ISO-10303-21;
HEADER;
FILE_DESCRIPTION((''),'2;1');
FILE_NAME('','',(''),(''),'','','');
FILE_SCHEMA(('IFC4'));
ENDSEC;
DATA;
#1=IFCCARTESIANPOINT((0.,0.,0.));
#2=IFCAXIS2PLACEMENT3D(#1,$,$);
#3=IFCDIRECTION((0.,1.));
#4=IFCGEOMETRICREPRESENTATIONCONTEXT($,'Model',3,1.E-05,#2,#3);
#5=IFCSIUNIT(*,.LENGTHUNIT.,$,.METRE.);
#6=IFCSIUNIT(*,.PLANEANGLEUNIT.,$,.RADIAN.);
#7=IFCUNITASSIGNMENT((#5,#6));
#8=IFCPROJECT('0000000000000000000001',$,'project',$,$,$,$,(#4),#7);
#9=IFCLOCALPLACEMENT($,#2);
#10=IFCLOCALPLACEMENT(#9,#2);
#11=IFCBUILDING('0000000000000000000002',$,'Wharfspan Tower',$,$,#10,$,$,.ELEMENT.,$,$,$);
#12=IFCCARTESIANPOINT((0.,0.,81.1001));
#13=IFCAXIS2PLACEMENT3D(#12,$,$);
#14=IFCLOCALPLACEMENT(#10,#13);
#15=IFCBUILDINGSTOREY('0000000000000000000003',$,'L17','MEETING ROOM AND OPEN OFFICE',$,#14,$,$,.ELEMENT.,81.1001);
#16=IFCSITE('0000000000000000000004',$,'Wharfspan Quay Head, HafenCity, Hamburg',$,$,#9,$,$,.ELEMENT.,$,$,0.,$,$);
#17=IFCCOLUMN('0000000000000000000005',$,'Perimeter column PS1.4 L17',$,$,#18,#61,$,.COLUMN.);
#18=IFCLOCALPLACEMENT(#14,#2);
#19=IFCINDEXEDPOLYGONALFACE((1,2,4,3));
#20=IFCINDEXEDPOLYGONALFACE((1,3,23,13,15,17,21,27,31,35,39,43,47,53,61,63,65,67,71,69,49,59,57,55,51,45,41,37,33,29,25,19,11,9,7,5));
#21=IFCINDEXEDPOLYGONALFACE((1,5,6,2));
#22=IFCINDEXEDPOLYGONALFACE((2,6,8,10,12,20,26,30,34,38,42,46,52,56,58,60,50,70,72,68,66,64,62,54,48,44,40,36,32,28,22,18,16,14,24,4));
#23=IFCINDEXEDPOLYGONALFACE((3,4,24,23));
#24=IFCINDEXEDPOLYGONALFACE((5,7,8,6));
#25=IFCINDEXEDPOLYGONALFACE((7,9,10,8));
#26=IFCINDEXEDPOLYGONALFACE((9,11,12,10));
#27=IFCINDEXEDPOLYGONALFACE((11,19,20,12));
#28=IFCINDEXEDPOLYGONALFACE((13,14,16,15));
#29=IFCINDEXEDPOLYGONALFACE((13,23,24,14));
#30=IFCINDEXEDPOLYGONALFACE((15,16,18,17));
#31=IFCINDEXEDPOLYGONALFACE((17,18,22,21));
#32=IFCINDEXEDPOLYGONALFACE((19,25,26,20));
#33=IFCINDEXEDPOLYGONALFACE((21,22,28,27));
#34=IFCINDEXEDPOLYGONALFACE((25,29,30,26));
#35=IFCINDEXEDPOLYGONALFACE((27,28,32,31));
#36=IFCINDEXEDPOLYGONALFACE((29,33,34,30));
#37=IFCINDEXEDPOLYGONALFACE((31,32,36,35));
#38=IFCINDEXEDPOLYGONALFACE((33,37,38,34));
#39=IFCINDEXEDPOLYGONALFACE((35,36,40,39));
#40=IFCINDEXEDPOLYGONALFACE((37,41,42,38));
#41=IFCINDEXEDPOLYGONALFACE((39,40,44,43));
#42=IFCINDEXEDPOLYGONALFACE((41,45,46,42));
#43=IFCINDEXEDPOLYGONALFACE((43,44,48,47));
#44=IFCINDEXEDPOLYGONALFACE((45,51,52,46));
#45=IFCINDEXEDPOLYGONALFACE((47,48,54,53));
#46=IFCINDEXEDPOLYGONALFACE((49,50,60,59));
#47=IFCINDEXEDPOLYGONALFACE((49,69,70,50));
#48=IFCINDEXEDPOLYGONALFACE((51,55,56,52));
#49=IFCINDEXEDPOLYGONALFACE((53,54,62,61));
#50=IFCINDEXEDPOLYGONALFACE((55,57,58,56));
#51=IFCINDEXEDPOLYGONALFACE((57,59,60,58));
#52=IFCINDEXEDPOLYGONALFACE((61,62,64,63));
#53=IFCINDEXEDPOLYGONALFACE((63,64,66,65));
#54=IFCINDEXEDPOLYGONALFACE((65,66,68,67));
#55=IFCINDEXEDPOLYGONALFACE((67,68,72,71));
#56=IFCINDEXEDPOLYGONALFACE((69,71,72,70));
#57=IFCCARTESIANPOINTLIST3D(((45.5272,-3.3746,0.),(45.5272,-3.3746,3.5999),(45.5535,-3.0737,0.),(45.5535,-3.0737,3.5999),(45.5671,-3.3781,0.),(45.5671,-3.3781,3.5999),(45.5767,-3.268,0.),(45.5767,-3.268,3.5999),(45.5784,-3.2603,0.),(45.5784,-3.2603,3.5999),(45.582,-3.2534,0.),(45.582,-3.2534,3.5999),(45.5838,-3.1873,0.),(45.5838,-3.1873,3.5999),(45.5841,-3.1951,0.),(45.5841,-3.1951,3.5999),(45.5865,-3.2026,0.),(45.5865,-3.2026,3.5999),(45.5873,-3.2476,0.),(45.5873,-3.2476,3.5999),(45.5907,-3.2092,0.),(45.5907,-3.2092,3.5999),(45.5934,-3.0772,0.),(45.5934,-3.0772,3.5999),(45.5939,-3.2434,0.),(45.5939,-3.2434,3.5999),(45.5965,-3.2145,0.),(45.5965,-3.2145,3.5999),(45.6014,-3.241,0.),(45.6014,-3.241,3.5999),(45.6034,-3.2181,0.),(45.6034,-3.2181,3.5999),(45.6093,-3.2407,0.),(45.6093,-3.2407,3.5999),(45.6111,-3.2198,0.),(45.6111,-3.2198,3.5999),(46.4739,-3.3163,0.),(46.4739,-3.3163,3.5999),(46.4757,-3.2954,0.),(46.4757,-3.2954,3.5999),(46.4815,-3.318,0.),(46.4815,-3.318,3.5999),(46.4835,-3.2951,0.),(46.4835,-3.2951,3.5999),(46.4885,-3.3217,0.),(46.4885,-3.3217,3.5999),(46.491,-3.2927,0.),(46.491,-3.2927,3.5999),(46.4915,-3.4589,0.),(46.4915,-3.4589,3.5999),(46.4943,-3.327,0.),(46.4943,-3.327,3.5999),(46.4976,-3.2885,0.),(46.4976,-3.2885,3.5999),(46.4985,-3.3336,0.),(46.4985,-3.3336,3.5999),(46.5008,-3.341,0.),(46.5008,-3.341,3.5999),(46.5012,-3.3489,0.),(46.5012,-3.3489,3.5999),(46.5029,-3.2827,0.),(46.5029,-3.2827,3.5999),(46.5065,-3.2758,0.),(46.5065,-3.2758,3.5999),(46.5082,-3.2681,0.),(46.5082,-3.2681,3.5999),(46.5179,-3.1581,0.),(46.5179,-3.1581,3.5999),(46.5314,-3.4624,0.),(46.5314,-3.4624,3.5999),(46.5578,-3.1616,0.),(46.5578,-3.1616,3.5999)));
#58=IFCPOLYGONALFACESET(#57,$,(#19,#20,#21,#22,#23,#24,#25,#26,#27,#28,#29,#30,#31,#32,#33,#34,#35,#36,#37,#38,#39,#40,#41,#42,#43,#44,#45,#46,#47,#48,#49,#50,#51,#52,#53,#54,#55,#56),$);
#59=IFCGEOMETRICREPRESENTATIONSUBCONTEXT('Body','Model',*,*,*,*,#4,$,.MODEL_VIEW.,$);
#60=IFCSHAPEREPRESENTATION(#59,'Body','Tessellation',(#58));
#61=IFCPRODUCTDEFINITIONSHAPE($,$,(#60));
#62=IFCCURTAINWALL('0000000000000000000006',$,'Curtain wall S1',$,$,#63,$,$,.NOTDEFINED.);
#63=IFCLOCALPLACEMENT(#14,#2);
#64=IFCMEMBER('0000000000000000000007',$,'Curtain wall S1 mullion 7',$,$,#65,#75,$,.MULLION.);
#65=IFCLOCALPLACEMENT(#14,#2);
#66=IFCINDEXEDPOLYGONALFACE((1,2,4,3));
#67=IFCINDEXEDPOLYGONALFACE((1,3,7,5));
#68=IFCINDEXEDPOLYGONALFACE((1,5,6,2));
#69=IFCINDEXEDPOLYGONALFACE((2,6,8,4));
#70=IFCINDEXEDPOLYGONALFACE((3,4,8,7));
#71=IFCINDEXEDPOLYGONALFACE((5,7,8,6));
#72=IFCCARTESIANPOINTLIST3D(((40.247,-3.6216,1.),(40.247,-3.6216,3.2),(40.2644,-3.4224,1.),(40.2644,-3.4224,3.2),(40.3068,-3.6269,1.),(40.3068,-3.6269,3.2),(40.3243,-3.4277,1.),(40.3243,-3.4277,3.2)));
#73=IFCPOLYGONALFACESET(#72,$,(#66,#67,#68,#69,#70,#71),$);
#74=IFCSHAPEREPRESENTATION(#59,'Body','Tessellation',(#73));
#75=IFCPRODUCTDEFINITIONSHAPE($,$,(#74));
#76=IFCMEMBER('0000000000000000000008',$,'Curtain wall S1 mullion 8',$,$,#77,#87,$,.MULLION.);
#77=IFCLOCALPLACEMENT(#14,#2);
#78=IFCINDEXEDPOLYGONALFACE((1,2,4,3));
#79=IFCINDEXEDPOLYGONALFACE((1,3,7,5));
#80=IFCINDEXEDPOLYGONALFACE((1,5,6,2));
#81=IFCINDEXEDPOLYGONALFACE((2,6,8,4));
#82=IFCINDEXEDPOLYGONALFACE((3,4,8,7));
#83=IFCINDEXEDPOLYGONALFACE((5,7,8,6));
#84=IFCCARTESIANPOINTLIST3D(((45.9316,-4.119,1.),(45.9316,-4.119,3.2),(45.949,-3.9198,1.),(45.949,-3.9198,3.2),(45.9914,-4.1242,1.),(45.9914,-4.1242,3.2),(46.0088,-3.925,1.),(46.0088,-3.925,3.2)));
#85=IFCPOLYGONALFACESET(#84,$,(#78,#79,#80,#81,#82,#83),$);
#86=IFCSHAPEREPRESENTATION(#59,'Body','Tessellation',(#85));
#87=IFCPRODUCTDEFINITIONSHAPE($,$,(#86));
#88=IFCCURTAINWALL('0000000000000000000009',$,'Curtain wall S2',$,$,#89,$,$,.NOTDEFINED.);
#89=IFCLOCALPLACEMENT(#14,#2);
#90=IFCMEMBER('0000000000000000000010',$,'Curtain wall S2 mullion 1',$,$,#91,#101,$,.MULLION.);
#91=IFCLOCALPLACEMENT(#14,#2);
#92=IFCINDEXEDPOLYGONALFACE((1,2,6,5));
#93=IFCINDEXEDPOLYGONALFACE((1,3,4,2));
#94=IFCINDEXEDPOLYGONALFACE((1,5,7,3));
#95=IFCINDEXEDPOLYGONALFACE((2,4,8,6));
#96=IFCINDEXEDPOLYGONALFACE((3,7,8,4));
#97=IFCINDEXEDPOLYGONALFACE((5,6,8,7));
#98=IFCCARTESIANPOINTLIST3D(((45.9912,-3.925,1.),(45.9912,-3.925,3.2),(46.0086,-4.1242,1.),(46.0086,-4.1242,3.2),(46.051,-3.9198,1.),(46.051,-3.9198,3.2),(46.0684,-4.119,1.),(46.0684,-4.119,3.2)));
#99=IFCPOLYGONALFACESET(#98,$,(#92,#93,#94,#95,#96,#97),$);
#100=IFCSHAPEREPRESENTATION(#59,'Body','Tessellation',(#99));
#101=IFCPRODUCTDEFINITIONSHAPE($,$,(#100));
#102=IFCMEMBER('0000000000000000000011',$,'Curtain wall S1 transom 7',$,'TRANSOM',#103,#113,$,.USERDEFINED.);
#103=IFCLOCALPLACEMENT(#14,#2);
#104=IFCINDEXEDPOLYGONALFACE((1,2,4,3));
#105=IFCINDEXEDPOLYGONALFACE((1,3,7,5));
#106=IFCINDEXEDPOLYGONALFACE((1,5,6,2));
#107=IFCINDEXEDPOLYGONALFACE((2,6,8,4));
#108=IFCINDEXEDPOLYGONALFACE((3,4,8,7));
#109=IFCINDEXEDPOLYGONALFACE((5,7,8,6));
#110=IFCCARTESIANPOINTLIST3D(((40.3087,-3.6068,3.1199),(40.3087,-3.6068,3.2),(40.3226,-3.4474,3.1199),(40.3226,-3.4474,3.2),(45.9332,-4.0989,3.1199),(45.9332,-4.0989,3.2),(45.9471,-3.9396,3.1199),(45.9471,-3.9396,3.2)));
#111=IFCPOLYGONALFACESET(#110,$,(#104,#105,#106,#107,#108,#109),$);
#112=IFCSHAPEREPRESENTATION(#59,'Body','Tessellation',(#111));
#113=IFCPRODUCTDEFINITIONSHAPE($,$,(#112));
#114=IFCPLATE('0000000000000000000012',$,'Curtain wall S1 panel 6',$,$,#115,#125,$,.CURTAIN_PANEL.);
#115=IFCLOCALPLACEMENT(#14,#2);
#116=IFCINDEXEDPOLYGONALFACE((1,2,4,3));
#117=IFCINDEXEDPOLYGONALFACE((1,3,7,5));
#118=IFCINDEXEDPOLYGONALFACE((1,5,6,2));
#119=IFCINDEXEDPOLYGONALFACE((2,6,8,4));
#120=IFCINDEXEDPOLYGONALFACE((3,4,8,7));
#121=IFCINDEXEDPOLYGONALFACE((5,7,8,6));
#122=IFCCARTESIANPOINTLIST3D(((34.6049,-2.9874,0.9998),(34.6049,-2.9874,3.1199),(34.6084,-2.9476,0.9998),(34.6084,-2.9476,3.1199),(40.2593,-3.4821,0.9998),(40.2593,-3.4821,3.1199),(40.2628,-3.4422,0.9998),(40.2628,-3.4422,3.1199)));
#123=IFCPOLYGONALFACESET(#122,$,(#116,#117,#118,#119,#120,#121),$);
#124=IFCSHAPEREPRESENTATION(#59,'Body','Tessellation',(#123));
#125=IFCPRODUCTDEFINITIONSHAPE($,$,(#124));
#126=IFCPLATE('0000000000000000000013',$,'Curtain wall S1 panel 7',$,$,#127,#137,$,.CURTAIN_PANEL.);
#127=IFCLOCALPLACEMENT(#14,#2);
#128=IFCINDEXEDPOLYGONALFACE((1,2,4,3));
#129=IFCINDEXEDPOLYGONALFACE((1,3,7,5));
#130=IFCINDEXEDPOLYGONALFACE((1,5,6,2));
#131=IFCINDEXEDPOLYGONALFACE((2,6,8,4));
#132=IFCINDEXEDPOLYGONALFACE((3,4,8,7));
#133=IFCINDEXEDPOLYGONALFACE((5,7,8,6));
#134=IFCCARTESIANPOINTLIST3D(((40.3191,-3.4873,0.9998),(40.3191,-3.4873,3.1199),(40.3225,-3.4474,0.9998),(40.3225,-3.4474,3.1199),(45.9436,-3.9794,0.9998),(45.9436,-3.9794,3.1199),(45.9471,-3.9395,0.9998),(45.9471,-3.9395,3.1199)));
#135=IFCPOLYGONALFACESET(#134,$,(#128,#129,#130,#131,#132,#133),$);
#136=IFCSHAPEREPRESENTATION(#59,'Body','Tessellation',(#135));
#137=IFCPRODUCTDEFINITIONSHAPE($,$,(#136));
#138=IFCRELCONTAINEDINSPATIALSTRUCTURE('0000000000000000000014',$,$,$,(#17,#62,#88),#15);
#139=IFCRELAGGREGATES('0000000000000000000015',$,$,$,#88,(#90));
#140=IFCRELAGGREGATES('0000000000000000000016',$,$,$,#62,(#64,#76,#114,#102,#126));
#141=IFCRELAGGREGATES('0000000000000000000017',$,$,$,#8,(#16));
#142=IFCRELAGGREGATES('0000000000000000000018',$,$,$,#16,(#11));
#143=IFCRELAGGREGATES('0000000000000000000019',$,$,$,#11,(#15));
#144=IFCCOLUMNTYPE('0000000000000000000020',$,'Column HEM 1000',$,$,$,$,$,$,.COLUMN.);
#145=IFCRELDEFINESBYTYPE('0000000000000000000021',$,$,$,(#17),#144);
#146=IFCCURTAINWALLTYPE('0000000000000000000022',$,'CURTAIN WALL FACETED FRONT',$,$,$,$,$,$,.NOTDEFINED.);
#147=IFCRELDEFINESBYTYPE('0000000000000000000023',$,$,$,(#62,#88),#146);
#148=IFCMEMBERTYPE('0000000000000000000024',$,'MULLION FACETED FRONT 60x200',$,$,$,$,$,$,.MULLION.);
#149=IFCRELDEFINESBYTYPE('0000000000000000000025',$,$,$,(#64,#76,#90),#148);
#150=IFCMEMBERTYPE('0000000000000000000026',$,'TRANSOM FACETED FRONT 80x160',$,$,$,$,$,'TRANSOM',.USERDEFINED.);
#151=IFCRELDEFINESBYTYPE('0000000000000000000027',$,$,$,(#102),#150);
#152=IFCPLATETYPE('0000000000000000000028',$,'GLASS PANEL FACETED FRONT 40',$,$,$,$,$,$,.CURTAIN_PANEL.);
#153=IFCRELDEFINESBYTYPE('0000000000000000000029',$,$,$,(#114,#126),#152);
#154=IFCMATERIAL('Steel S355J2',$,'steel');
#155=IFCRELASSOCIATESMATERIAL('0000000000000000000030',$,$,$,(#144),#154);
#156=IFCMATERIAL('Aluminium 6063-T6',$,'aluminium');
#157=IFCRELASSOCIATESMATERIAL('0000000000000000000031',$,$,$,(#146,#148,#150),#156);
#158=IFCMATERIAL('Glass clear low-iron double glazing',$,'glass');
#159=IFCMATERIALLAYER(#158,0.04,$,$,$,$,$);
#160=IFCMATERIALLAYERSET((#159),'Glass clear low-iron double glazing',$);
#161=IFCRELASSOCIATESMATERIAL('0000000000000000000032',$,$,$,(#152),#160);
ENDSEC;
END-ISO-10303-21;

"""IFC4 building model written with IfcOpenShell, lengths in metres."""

from ifc_helpers import new_model, si_unit, direction, frame, origin, origin_2d, place, context, subcontext, project, spatial, rectangle, i_section, extrude, material, layer, layer_set, material_profile, profile_set, type_object, element, aggregate, save


model = new_model("IFC4")

# Units and contexts
model_context = context("Model", 3, precision=1e-05, world=origin(), true_north=direction((0.0, 1.0)))
body_context = subcontext(model_context, "Body", "Model", "MODEL_VIEW")
ifc_project = project(units=[si_unit("LENGTHUNIT", "METRE"), si_unit("PLANEANGLEUNIT", "RADIAN")], contexts=[model_context])

# Site, building, storey
site_placement = place(None, origin())
site = spatial("IfcSite", under=ifc_project, at=site_placement, Name="Wharfspan Quay Head, HafenCity, Hamburg", CompositionType="ELEMENT", RefElevation=0.0)
building_placement = place(site_placement, origin())
building = spatial("IfcBuilding", under=site, at=building_placement, Name="Wharfspan Tower", CompositionType="ELEMENT")
storey_placement = place(building_placement, frame((0.0, 0.0, 81.1001)))
storey = spatial("IfcBuildingStorey", under=building, at=storey_placement, Name="L17", Description="MEETING ROOM AND OPEN OFFICE", CompositionType="ELEMENT", Elevation=81.1001)

# Column
ifc_material_1 = material(Name="Steel S355J2", Category="steel")
ifc_material_profile_1 = material_profile(ifc_material_1, i_section(OverallWidth=0.302, OverallDepth=1.0081, WebThickness=0.021, FlangeThickness=0.04, FilletRadius=0.03, at=origin_2d()))
ifc_profile_set_1 = profile_set([ifc_material_profile_1], Name="Steel S355J2")
column_type = type_object("IfcColumnType", Name="Column HEM 1000", PredefinedType="COLUMN", material=ifc_profile_set_1)
column_placement = place(storey_placement, frame((46.0425, -3.2681, 0.0), z_axis=(0.0, 0.0, 1.0), x_axis=(-0.087156, -0.996198, 0.0)))
element("IfcColumn", 1, at=column_placement, inside=storey, type_object=column_type, Name="Perimeter column PS1.4 L17", PredefinedType="COLUMN", context=body_context, shape_type="SweptSolid", body=[
    extrude(i_section(OverallWidth=0.302, OverallDepth=1.0081, WebThickness=0.021, FlangeThickness=0.04, FilletRadius=0.03, at=origin_2d()), origin(), (0.0, 0.0, 1.0), 3.5999),
])

# Curtain wall, members
ifc_material_2 = material(Name="Aluminium 6063-T6", Category="aluminium")
curtain_wall_type = type_object("IfcCurtainWallType", Name="CURTAIN WALL FACETED FRONT", PredefinedType="NOTDEFINED", material=ifc_material_2)
curtain_wall_1_placement = place(storey_placement, origin())
curtain_wall_1 = element("IfcCurtainWall", 2, at=curtain_wall_1_placement, inside=storey, type_object=curtain_wall_type, Name="Curtain wall S1", PredefinedType="NOTDEFINED")
ifc_material_profile_2 = material_profile(ifc_material_2, rectangle(XDim=0.2, YDim=0.0601, at=origin_2d()))
ifc_profile_set_2 = profile_set([ifc_material_profile_2], Name="Aluminium 6063-T6")
member_type_1 = type_object("IfcMemberType", Name="MULLION FACETED FRONT 60x200", PredefinedType="MULLION", material=ifc_profile_set_2)
member_1_placement = place(storey_placement, frame((40.2856, -3.5247, 1.0), z_axis=(0.0, 0.0, 1.0), x_axis=(0.087156, 0.996197, 0.0)))
member_1 = element("IfcMember", 3, at=member_1_placement, type_object=member_type_1, Name="Curtain wall S1 mullion 7", PredefinedType="MULLION", context=body_context, shape_type="SweptSolid", body=[
    extrude(rectangle(XDim=0.2, YDim=0.0601, at=origin_2d()), origin(), (0.0, 0.0, 1.0), 2.2),
])
member_2_placement = place(storey_placement, frame((45.9702, -4.022, 1.0), z_axis=(0.0, 0.0, 1.0), x_axis=(0.087156, 0.996197, 0.0)))
member_2 = element("IfcMember", 4, at=member_2_placement, type_object=member_type_1, Name="Curtain wall S1 mullion 8", PredefinedType="MULLION", context=body_context, shape_type="SweptSolid", body=[
    extrude(rectangle(XDim=0.2, YDim=0.0601, at=origin_2d()), origin(), (0.0, 0.0, 1.0), 2.2),
])

# Curtain wall, member
curtain_wall_2_placement = place(storey_placement, origin())
curtain_wall_2 = element("IfcCurtainWall", 5, at=curtain_wall_2_placement, inside=storey, type_object=curtain_wall_type, Name="Curtain wall S2", PredefinedType="NOTDEFINED")
member_3_placement = place(storey_placement, frame((46.0298, -4.022, 1.0), z_axis=(0.0, 0.0, 1.0), x_axis=(-0.087156, 0.996197, 0.0)))
member_3 = element("IfcMember", 6, at=member_3_placement, type_object=member_type_1, Name="Curtain wall S2 mullion 1", PredefinedType="MULLION", context=body_context, shape_type="SweptSolid", body=[
    extrude(rectangle(XDim=0.2, YDim=0.0601, at=origin_2d()), origin(), (0.0, 0.0, 1.0), 2.2),
])
aggregate(curtain_wall_2, [member_3])

# Member
ifc_material_profile_3 = material_profile(ifc_material_2, rectangle(XDim=0.1599, YDim=0.0801, at=origin_2d()))
ifc_profile_set_3 = profile_set([ifc_material_profile_3], Name="Aluminium 6063-T6")
member_type_2 = type_object("IfcMemberType", Name="TRANSOM FACETED FRONT 80x160", ElementType="TRANSOM", PredefinedType="USERDEFINED", material=ifc_profile_set_3)
member_4_placement = place(storey_placement, frame((40.3157, -3.5271, 3.1599), z_axis=(0.996193, -0.087174, 0.0), x_axis=(0.087174, 0.996193, 0.0)))
member_4 = element("IfcMember", 7, at=member_4_placement, type_object=member_type_2, Name="Curtain wall S1 transom 7", ObjectType="TRANSOM", PredefinedType="USERDEFINED", context=body_context, shape_type="SweptSolid", body=[
    extrude(rectangle(XDim=0.1599, YDim=0.0801, at=origin_2d()), origin(), (0.0, 0.0, 1.0), 5.646),
])

# Plates
ifc_material_3 = material(Name="Glass clear low-iron double glazing", Category="glass")
ifc_layer_1 = layer(ifc_material_3, 0.04)
ifc_layer_set_1 = layer_set([ifc_layer_1], Name="Glass clear low-iron double glazing")
plate_type = type_object("IfcPlateType", Name="GLASS PANEL FACETED FRONT 40", PredefinedType="CURTAIN_PANEL", material=ifc_layer_set_1)
plate_1_placement = place(storey_placement, frame((37.4338, -3.2148, 0.9998), z_axis=(0.0, 0.0, 1.0), x_axis=(0.996197, -0.087156, 0.0)))
plate_1 = element("IfcPlate", 8, at=plate_1_placement, type_object=plate_type, Name="Curtain wall S1 panel 6", PredefinedType="CURTAIN_PANEL", context=body_context, shape_type="SweptSolid", body=[
    extrude(rectangle(XDim=5.676, YDim=0.04, at=origin_2d()), origin(), (0.0, 0.0, 1.0), 2.1201),
])
plate_2_placement = place(storey_placement, frame((43.1331, -3.7134, 0.9998), z_axis=(0.0, 0.0, 1.0), x_axis=(0.996197, -0.087156, 0.0)))
plate_2 = element("IfcPlate", 9, at=plate_2_placement, type_object=plate_type, Name="Curtain wall S1 panel 7", PredefinedType="CURTAIN_PANEL", context=body_context, shape_type="SweptSolid", body=[
    extrude(rectangle(XDim=5.646, YDim=0.04, at=origin_2d()), origin(), (0.0, 0.0, 1.0), 2.1201),
])
aggregate(curtain_wall_1, [member_1, member_2, plate_1, member_4, plate_2])

save(model, "model.ifc")
